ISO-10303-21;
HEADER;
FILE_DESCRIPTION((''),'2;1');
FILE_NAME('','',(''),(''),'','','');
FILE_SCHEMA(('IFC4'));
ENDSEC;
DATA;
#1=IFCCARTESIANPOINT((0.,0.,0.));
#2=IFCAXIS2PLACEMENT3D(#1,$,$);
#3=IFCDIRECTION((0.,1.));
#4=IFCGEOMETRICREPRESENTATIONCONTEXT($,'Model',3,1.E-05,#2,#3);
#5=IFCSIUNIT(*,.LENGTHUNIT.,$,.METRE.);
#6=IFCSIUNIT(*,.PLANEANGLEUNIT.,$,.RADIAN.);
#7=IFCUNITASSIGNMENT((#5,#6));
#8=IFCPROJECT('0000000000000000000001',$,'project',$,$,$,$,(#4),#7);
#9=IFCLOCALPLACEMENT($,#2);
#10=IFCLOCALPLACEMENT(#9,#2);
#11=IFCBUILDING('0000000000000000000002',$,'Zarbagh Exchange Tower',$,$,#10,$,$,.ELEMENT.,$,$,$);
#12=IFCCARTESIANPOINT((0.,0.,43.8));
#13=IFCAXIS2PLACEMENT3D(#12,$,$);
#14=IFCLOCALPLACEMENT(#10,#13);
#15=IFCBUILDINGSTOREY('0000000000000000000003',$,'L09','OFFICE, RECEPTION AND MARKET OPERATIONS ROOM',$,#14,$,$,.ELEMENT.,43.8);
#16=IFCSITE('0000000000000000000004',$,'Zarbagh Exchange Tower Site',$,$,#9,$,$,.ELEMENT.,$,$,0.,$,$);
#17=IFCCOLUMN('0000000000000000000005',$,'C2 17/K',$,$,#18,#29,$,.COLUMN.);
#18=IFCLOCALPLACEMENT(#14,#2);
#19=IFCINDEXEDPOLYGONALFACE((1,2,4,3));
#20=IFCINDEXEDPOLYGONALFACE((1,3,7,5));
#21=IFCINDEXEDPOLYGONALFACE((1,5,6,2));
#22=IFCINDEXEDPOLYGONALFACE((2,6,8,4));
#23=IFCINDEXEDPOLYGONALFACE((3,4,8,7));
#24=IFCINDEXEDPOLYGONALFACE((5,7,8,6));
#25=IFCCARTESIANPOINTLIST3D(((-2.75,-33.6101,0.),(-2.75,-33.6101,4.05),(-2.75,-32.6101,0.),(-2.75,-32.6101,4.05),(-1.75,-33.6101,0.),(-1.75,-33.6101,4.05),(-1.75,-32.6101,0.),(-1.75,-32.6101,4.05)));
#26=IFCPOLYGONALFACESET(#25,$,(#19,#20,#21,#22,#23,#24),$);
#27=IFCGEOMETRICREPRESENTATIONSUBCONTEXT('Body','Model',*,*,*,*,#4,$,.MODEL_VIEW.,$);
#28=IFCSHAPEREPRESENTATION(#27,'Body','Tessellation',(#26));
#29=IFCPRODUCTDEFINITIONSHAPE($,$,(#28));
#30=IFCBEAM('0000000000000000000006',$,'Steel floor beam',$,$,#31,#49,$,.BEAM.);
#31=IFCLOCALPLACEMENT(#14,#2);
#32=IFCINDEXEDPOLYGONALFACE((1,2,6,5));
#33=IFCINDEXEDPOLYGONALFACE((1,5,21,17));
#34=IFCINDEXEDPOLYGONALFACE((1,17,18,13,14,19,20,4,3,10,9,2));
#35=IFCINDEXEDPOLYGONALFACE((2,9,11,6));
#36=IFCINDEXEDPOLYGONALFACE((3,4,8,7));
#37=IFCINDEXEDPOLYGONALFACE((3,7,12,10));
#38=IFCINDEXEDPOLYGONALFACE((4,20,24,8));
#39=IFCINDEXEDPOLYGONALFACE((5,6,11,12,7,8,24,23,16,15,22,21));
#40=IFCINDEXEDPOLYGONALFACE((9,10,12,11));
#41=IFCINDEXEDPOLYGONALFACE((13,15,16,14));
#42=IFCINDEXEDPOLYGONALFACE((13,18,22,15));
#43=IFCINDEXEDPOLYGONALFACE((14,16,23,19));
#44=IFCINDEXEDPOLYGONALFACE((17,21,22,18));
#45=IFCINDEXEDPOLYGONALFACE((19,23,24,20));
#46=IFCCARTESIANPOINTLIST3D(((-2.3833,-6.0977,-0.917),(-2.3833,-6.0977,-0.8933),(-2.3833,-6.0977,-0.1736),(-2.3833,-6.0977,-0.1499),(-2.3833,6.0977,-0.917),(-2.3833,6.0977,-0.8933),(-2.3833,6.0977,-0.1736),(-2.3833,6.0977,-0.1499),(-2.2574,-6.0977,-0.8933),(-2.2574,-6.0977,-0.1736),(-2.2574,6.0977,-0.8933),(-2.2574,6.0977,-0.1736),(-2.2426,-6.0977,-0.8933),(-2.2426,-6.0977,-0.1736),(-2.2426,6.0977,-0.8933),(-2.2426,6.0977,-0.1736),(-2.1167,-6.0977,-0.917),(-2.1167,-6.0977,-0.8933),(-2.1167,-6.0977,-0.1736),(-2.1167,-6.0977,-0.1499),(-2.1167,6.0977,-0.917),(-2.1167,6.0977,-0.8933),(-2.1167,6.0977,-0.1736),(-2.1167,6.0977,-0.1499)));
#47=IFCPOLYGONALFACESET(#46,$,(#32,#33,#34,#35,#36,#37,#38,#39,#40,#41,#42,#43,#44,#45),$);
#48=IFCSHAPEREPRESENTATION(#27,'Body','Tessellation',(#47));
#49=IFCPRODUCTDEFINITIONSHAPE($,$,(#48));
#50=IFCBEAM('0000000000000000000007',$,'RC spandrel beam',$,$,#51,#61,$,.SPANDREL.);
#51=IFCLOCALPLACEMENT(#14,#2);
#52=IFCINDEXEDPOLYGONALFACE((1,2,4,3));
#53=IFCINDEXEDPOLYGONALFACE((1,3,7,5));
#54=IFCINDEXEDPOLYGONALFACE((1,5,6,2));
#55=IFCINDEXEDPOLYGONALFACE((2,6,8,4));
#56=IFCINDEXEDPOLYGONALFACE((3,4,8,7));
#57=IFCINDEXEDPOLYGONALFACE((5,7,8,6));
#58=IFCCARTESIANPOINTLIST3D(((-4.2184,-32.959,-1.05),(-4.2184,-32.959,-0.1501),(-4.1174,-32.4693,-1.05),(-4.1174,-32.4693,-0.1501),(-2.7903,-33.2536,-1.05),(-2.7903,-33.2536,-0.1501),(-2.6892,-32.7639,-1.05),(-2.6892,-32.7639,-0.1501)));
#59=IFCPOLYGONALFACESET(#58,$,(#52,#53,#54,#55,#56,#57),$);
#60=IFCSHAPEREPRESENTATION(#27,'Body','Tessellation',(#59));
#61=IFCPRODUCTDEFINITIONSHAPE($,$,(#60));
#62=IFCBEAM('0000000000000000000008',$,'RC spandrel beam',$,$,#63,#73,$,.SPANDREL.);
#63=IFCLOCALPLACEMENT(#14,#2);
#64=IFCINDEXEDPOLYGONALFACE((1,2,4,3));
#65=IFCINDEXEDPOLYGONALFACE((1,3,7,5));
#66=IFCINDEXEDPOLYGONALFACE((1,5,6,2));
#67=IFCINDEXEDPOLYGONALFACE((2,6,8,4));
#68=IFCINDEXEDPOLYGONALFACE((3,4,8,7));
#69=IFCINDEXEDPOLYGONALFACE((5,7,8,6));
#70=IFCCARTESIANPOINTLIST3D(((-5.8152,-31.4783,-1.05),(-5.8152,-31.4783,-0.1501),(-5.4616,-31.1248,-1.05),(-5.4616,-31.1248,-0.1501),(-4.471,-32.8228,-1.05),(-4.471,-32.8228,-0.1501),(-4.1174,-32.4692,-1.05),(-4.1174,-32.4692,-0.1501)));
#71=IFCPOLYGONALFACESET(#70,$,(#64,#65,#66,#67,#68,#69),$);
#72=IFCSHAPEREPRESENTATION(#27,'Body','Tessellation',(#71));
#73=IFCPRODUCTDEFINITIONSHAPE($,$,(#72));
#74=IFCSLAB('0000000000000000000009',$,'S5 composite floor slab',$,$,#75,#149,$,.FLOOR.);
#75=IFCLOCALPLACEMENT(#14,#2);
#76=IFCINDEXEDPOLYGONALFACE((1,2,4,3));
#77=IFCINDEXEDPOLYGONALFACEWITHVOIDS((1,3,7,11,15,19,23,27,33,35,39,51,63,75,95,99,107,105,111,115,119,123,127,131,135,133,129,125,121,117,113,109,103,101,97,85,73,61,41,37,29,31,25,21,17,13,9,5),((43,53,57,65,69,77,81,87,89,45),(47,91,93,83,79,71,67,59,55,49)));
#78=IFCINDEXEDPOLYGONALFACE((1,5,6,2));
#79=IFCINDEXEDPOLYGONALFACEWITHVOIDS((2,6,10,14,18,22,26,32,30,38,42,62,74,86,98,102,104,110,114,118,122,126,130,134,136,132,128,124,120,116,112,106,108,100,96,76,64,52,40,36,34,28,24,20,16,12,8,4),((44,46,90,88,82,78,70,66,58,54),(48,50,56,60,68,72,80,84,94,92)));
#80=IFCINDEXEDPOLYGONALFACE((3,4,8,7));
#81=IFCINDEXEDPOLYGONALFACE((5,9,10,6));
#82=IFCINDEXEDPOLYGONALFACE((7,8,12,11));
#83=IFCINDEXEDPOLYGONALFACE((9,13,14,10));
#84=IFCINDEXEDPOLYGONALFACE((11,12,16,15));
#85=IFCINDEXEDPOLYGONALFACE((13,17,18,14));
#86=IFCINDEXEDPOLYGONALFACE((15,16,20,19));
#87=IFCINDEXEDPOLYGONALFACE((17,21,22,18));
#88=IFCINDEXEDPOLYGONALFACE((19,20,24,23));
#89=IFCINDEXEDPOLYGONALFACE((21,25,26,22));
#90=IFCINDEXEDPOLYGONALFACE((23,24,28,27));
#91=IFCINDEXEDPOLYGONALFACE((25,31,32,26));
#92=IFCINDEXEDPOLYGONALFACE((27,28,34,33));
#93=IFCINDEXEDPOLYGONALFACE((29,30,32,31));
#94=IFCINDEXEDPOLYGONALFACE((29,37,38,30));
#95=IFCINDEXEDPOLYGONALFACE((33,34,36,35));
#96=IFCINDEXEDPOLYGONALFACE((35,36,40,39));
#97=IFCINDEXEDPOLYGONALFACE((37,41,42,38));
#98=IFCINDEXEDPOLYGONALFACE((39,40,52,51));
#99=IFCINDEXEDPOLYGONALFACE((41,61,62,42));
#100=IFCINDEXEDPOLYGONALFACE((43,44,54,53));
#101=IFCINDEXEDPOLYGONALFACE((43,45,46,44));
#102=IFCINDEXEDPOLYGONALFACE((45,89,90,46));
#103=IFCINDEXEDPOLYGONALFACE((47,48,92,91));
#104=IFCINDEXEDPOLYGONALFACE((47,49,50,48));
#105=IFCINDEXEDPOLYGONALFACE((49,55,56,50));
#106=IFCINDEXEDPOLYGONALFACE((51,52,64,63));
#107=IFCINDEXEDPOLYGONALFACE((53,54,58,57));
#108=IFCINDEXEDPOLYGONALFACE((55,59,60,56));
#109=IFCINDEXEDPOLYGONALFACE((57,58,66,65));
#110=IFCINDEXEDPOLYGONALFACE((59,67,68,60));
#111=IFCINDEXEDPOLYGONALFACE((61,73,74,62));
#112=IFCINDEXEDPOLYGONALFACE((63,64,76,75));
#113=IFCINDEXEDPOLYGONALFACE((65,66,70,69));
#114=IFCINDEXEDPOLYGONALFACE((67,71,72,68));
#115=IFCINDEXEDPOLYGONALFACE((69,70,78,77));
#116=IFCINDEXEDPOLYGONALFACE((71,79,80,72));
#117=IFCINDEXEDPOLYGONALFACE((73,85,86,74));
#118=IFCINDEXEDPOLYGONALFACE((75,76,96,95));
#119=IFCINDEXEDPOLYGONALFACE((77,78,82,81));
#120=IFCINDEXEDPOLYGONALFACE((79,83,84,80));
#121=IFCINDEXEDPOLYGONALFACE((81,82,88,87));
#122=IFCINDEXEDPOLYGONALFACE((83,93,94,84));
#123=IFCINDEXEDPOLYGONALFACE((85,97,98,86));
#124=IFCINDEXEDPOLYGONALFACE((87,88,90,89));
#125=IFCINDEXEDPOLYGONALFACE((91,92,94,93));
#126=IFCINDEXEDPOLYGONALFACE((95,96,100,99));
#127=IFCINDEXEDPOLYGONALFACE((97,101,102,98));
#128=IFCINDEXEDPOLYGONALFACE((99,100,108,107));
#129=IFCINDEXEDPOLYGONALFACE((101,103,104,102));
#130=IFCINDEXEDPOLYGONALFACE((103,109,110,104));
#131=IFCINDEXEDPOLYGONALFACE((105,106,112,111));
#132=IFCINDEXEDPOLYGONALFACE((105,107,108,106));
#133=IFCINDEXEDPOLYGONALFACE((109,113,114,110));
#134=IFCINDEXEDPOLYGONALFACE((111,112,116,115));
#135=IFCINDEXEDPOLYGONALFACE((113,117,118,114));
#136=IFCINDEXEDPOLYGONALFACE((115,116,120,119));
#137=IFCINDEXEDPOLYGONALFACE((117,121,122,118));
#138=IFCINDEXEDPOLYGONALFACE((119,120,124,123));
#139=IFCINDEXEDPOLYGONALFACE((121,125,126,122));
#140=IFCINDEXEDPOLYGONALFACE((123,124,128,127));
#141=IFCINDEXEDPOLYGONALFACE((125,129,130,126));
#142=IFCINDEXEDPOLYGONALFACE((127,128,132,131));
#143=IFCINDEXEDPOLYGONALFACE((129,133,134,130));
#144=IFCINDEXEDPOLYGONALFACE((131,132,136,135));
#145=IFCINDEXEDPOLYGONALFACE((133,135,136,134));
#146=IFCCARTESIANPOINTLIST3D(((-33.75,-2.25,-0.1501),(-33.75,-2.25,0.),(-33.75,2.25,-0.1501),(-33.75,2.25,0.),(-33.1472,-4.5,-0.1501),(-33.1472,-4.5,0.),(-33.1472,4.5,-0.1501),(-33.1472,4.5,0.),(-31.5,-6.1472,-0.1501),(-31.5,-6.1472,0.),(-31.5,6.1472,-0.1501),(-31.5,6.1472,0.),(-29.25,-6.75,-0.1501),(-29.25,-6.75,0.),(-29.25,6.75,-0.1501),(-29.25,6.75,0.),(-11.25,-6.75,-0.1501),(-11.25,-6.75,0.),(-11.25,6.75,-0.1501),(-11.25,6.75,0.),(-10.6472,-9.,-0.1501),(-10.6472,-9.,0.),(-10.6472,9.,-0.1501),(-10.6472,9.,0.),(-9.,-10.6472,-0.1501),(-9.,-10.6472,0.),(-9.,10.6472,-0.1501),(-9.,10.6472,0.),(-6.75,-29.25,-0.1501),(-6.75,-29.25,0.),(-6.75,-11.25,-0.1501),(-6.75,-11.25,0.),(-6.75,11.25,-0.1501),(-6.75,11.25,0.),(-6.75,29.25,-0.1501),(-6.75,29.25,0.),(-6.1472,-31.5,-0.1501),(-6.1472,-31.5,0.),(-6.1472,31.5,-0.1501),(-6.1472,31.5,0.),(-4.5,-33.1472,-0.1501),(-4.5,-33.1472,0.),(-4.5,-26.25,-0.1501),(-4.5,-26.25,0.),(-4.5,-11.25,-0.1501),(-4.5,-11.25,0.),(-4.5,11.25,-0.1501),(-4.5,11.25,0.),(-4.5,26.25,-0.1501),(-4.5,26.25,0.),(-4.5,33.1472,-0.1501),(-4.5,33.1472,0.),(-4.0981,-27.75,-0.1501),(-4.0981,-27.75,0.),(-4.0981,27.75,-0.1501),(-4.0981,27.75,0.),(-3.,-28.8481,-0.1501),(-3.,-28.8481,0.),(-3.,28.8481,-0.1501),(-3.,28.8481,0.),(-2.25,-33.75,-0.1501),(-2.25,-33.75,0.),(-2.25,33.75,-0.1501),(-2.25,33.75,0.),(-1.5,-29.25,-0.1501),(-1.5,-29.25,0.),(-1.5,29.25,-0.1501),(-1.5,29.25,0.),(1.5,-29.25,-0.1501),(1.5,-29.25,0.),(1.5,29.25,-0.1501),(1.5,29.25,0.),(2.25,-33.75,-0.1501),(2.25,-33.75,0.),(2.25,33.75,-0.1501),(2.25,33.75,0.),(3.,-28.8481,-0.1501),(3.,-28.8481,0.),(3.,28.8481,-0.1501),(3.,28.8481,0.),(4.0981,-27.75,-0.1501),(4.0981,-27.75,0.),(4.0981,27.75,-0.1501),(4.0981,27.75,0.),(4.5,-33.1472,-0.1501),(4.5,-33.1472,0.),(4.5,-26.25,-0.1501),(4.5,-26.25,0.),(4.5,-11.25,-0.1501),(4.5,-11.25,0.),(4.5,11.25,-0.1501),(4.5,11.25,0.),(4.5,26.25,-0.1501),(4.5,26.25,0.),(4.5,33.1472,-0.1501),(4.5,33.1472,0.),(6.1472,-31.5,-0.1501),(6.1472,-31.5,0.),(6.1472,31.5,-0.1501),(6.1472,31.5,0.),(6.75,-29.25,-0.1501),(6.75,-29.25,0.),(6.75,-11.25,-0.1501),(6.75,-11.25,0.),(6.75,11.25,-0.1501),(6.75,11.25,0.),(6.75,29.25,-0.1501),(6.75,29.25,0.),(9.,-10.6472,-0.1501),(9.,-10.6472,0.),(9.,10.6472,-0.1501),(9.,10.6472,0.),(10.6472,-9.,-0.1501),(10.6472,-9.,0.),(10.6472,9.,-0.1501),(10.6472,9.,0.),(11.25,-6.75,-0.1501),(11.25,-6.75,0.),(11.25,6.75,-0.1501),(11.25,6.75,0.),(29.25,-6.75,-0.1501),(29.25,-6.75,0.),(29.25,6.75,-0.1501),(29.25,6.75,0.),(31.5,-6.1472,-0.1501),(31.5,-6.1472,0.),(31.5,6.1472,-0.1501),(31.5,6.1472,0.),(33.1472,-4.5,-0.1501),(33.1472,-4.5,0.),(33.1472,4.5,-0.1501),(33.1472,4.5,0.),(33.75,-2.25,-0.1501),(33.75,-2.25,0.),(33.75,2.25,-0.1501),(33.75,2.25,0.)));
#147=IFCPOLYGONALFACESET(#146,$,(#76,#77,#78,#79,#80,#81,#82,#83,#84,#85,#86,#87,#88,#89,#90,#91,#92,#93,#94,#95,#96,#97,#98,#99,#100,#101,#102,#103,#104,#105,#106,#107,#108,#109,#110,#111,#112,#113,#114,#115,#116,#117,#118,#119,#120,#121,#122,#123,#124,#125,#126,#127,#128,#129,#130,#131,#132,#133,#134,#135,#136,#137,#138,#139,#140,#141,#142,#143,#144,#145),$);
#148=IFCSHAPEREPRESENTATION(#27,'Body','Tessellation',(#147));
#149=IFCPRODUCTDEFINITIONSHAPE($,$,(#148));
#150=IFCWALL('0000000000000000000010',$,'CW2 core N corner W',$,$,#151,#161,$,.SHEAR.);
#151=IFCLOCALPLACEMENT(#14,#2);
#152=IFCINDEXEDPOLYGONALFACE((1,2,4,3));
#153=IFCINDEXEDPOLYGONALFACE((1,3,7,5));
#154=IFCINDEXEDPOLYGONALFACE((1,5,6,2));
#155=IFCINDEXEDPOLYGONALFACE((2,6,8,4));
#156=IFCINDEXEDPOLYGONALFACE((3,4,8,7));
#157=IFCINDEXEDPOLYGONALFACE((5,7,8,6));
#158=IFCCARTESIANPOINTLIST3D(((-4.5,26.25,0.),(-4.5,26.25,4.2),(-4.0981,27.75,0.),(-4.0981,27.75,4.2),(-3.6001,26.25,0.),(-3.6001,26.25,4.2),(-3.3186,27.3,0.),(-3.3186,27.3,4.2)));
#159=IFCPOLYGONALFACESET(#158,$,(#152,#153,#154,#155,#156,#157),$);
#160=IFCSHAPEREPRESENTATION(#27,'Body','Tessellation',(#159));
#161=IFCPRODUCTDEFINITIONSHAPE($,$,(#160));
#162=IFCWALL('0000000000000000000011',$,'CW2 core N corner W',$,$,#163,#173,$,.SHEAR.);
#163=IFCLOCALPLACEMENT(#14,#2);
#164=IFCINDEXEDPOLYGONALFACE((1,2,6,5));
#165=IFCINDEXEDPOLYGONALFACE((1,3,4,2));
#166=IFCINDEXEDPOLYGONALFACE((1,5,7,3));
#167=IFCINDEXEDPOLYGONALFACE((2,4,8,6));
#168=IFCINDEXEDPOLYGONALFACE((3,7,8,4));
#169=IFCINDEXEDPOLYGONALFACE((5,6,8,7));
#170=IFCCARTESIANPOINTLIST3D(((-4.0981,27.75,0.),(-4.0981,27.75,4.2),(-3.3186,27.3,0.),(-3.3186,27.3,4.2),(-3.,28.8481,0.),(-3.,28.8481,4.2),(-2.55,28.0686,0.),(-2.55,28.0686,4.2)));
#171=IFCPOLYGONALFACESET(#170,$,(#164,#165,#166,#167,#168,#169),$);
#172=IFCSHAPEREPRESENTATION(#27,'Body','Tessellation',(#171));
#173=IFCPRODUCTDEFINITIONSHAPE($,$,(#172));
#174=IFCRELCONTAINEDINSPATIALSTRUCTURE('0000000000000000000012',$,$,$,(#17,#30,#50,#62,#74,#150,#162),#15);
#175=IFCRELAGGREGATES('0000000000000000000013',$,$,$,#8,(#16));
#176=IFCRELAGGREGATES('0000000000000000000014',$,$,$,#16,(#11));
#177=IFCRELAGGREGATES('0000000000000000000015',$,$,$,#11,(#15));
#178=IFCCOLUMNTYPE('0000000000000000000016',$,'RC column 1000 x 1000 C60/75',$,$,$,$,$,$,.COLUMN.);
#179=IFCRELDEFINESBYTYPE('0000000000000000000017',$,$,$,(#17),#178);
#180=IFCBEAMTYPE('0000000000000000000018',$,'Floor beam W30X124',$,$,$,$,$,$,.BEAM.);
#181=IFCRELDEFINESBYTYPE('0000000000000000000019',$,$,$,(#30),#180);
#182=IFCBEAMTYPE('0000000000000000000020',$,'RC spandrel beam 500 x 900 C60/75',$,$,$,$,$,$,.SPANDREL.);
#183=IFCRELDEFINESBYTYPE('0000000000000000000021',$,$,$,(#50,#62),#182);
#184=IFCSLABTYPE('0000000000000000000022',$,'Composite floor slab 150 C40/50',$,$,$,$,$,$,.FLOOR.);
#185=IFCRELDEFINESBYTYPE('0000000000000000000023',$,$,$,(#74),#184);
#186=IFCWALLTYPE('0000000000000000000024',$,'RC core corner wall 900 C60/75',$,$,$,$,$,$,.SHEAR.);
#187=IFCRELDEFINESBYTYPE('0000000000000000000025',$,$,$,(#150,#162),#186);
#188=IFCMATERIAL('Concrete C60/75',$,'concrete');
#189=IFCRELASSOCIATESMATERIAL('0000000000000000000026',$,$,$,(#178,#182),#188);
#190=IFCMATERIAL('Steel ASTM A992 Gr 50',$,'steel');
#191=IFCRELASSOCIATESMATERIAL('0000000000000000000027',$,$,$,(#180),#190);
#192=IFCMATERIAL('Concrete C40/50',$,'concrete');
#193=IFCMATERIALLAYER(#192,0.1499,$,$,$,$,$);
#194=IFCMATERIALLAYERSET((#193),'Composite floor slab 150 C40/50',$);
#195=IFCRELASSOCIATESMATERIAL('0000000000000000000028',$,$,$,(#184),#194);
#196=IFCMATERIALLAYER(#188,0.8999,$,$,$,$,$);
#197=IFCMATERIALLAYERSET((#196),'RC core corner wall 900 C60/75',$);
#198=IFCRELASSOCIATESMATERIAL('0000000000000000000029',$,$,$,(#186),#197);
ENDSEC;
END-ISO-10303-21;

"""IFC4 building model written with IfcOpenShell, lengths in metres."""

from ifc_helpers import new_model, si_unit, direction, frame, origin, origin_2d, place, context, subcontext, project, spatial, polyline, rectangle, i_section, outline, extrude, material, layer, layer_set, material_profile, profile_set, type_object, element, save


model = new_model("IFC4")

# Units and contexts
model_context = context("Model", 3, precision=1e-05, world=origin(), true_north=direction((0.0, 1.0)))
body_context = subcontext(model_context, "Body", "Model", "MODEL_VIEW")
ifc_project = project(units=[si_unit("LENGTHUNIT", "METRE"), si_unit("PLANEANGLEUNIT", "RADIAN")], contexts=[model_context])

# Site, building, storey
site_placement = place(None, origin())
site = spatial("IfcSite", under=ifc_project, at=site_placement, Name="Zarbagh Exchange Tower Site", CompositionType="ELEMENT", RefElevation=0.0)
building_placement = place(site_placement, origin())
building = spatial("IfcBuilding", under=site, at=building_placement, Name="Zarbagh Exchange Tower", CompositionType="ELEMENT")
storey_placement = place(building_placement, frame((0.0, 0.0, 43.8)))
storey = spatial("IfcBuildingStorey", under=building, at=storey_placement, Name="L09", Description="OFFICE, RECEPTION AND MARKET OPERATIONS ROOM", CompositionType="ELEMENT", Elevation=43.8)

# Column
ifc_material_1 = material(Name="Concrete C60/75", Category="concrete")
ifc_material_profile_1 = material_profile(ifc_material_1, rectangle(XDim=1.0, YDim=1.0, at=origin_2d()), Name="RC column 1000 x 1000 C60/75")
ifc_profile_set_1 = profile_set([ifc_material_profile_1], Name="Concrete C60/75")
column_type = type_object("IfcColumnType", Name="RC column 1000 x 1000 C60/75", PredefinedType="COLUMN", material=ifc_profile_set_1)
column_placement = place(storey_placement, frame((-2.25, -33.1101, 0.0), z_axis=(0.0, 0.0, 1.0), x_axis=(1.0, 0.0, 0.0)))
element("IfcColumn", 1, at=column_placement, inside=storey, type_object=column_type, Name="C2 17/K", PredefinedType="COLUMN", context=body_context, shape_type="SweptSolid", body=[
    extrude(rectangle(XDim=1.0, YDim=1.0, at=origin_2d()), origin(), (0.0, 0.0, 1.0), 4.05),
])

# Beams
ifc_material_2 = material(Name="Steel ASTM A992 Gr 50", Category="steel")
ifc_material_profile_2 = material_profile(ifc_material_2, i_section(OverallWidth=0.2666, OverallDepth=0.7671, WebThickness=0.0149, FlangeThickness=0.0237, at=origin_2d()), Name="W30X124")
ifc_profile_set_2 = profile_set([ifc_material_profile_2], Name="Steel ASTM A992 Gr 50")
beam_type_1 = type_object("IfcBeamType", Name="Floor beam W30X124", PredefinedType="BEAM", material=ifc_profile_set_2)
beam_1_placement = place(storey_placement, frame((-2.25, -6.0977, -0.5334), z_axis=(0.0, 1.0, 0.0), x_axis=(-1.0, 0.0, 0.0)))
element("IfcBeam", 2, at=beam_1_placement, inside=storey, type_object=beam_type_1, Name="Steel floor beam", PredefinedType="BEAM", context=body_context, shape_type="SweptSolid", body=[
    extrude(i_section(OverallWidth=0.2666, OverallDepth=0.7671, WebThickness=0.0149, FlangeThickness=0.0237, at=origin_2d()), origin(), (0.0, 0.0, 1.0), 12.1953),
])
ifc_material_profile_3 = material_profile(ifc_material_1, rectangle(XDim=0.5, YDim=0.8999, at=origin_2d()), Name="RC spandrel beam 500 x 900 C60/75")
ifc_profile_set_3 = profile_set([ifc_material_profile_3], Name="Concrete C60/75")
beam_type_2 = type_object("IfcBeamType", Name="RC spandrel beam 500 x 900 C60/75", PredefinedType="SPANDREL", material=ifc_profile_set_3)
beam_2_placement = place(storey_placement, frame((-2.7397, -33.0088, -0.6001), z_axis=(-0.979371, 0.202069, 0.0), x_axis=(-0.202069, -0.979371, 0.0)))
element("IfcBeam", 3, at=beam_2_placement, inside=storey, type_object=beam_type_2, Name="RC spandrel beam", PredefinedType="SPANDREL", context=body_context, shape_type="SweptSolid", body=[
    extrude(rectangle(XDim=0.5, YDim=0.8999, at=origin_2d()), origin(), (0.0, 0.0, 1.0), 1.4583),
])
beam_3_placement = place(storey_placement, frame((-4.2942, -32.646, -0.6001), z_axis=(-0.707043, 0.707171, 0.0), x_axis=(-0.707171, -0.707043, 0.0)))
element("IfcBeam", 4, at=beam_3_placement, inside=storey, type_object=beam_type_2, Name="RC spandrel beam", PredefinedType="SPANDREL", context=body_context, shape_type="SweptSolid", body=[
    extrude(rectangle(XDim=0.5, YDim=0.8999, at=origin_2d()), origin(), (0.0, 0.0, 1.0), 1.9011),
])

# Slab
ifc_material_3 = material(Name="Concrete C40/50", Category="concrete")
ifc_layer_1 = layer(ifc_material_3, 0.1499)
ifc_layer_set_1 = layer_set([ifc_layer_1], Name="Composite floor slab 150 C40/50")
slab_type = type_object("IfcSlabType", Name="Composite floor slab 150 C40/50", PredefinedType="FLOOR", material=ifc_layer_set_1)
slab_placement = place(storey_placement, frame((0.0, 0.0, -0.1501)))
element("IfcSlab", 5, at=slab_placement, inside=storey, type_object=slab_type, Name="S5 composite floor slab", PredefinedType="FLOOR", context=body_context, shape_type="SweptSolid", body=[
    extrude(outline(polyline([(-2.25, -33.75), (-4.5, -33.1472), (-6.1472, -31.5), (-6.75, -29.25), (-6.75, -11.25), (-9.0, -10.6472), (-10.6472, -9.0), (-11.25, -6.75), (-29.25, -6.75), (-31.5, -6.1472), (-33.1472, -4.5), (-33.75, -2.25), (-33.75, 2.25), (-33.1472, 4.5), (-31.5, 6.1472), (-29.25, 6.75), (-11.25, 6.75), (-10.6472, 9.0), (-9.0, 10.6472), (-6.75, 11.25), (-6.75, 29.25), (-6.1472, 31.5), (-4.5, 33.1472), (-2.25, 33.75), (2.25, 33.75), (4.5, 33.1472), (6.1472, 31.5), (6.75, 29.25), (6.75, 11.25), (9.0, 10.6472), (10.6472, 9.0), (11.25, 6.75), (29.25, 6.75), (31.5, 6.1472), (33.1472, 4.5), (33.75, 2.25), (33.75, -2.25), (33.1472, -4.5), (31.5, -6.1472), (29.25, -6.75), (11.25, -6.75), (10.6472, -9.0), (9.0, -10.6472), (6.75, -11.25), (6.75, -29.25), (6.1472, -31.5), (4.5, -33.1472), (2.25, -33.75), (-2.25, -33.75)]), holes=[polyline([(4.5, 11.25), (4.5, 26.25), (4.0981, 27.75), (3.0, 28.8481), (1.5, 29.25), (-1.5, 29.25), (-3.0, 28.8481), (-4.0981, 27.75), (-4.5, 26.25), (-4.5, 11.25), (4.5, 11.25)]), polyline([(-1.5, -29.25), (1.5, -29.25), (3.0, -28.8481), (4.0981, -27.75), (4.5, -26.25), (4.5, -11.25), (-4.5, -11.25), (-4.5, -26.25), (-4.0981, -27.75), (-3.0, -28.8481), (-1.5, -29.25)])]), origin(), (0.0, 0.0, 1.0), 0.1501),
])

# Walls
ifc_layer_2 = layer(ifc_material_1, 0.8999)
ifc_layer_set_2 = layer_set([ifc_layer_2], Name="RC core corner wall 900 C60/75")
wall_type_1 = type_object("IfcWallType", Name="RC core corner wall 900 C60/75", PredefinedType="SHEAR", material=ifc_layer_set_2)
wall_1_placement = place(storey_placement, origin())
element("IfcWall", 6, at=wall_1_placement, inside=storey, type_object=wall_type_1, Name="CW2 core N corner W", PredefinedType="SHEAR", context=body_context, shape_type="SweptSolid", body=[
    extrude(outline(polyline([(-4.5, 26.25), (-4.0981, 27.75), (-3.3186, 27.3), (-3.6001, 26.25), (-4.5, 26.25)])), origin(), (0.0, 0.0, 1.0), 4.2),
])
wall_2_placement = place(storey_placement, origin())
element("IfcWall", 7, at=wall_2_placement, inside=storey, type_object=wall_type_1, Name="CW2 core N corner W", PredefinedType="SHEAR", context=body_context, shape_type="SweptSolid", body=[
    extrude(outline(polyline([(-4.0981, 27.75), (-3.0, 28.8481), (-2.55, 28.0686), (-3.3186, 27.3), (-4.0981, 27.75)])), origin(), (0.0, 0.0, 1.0), 4.2),
])

save(model, "model.ifc")
